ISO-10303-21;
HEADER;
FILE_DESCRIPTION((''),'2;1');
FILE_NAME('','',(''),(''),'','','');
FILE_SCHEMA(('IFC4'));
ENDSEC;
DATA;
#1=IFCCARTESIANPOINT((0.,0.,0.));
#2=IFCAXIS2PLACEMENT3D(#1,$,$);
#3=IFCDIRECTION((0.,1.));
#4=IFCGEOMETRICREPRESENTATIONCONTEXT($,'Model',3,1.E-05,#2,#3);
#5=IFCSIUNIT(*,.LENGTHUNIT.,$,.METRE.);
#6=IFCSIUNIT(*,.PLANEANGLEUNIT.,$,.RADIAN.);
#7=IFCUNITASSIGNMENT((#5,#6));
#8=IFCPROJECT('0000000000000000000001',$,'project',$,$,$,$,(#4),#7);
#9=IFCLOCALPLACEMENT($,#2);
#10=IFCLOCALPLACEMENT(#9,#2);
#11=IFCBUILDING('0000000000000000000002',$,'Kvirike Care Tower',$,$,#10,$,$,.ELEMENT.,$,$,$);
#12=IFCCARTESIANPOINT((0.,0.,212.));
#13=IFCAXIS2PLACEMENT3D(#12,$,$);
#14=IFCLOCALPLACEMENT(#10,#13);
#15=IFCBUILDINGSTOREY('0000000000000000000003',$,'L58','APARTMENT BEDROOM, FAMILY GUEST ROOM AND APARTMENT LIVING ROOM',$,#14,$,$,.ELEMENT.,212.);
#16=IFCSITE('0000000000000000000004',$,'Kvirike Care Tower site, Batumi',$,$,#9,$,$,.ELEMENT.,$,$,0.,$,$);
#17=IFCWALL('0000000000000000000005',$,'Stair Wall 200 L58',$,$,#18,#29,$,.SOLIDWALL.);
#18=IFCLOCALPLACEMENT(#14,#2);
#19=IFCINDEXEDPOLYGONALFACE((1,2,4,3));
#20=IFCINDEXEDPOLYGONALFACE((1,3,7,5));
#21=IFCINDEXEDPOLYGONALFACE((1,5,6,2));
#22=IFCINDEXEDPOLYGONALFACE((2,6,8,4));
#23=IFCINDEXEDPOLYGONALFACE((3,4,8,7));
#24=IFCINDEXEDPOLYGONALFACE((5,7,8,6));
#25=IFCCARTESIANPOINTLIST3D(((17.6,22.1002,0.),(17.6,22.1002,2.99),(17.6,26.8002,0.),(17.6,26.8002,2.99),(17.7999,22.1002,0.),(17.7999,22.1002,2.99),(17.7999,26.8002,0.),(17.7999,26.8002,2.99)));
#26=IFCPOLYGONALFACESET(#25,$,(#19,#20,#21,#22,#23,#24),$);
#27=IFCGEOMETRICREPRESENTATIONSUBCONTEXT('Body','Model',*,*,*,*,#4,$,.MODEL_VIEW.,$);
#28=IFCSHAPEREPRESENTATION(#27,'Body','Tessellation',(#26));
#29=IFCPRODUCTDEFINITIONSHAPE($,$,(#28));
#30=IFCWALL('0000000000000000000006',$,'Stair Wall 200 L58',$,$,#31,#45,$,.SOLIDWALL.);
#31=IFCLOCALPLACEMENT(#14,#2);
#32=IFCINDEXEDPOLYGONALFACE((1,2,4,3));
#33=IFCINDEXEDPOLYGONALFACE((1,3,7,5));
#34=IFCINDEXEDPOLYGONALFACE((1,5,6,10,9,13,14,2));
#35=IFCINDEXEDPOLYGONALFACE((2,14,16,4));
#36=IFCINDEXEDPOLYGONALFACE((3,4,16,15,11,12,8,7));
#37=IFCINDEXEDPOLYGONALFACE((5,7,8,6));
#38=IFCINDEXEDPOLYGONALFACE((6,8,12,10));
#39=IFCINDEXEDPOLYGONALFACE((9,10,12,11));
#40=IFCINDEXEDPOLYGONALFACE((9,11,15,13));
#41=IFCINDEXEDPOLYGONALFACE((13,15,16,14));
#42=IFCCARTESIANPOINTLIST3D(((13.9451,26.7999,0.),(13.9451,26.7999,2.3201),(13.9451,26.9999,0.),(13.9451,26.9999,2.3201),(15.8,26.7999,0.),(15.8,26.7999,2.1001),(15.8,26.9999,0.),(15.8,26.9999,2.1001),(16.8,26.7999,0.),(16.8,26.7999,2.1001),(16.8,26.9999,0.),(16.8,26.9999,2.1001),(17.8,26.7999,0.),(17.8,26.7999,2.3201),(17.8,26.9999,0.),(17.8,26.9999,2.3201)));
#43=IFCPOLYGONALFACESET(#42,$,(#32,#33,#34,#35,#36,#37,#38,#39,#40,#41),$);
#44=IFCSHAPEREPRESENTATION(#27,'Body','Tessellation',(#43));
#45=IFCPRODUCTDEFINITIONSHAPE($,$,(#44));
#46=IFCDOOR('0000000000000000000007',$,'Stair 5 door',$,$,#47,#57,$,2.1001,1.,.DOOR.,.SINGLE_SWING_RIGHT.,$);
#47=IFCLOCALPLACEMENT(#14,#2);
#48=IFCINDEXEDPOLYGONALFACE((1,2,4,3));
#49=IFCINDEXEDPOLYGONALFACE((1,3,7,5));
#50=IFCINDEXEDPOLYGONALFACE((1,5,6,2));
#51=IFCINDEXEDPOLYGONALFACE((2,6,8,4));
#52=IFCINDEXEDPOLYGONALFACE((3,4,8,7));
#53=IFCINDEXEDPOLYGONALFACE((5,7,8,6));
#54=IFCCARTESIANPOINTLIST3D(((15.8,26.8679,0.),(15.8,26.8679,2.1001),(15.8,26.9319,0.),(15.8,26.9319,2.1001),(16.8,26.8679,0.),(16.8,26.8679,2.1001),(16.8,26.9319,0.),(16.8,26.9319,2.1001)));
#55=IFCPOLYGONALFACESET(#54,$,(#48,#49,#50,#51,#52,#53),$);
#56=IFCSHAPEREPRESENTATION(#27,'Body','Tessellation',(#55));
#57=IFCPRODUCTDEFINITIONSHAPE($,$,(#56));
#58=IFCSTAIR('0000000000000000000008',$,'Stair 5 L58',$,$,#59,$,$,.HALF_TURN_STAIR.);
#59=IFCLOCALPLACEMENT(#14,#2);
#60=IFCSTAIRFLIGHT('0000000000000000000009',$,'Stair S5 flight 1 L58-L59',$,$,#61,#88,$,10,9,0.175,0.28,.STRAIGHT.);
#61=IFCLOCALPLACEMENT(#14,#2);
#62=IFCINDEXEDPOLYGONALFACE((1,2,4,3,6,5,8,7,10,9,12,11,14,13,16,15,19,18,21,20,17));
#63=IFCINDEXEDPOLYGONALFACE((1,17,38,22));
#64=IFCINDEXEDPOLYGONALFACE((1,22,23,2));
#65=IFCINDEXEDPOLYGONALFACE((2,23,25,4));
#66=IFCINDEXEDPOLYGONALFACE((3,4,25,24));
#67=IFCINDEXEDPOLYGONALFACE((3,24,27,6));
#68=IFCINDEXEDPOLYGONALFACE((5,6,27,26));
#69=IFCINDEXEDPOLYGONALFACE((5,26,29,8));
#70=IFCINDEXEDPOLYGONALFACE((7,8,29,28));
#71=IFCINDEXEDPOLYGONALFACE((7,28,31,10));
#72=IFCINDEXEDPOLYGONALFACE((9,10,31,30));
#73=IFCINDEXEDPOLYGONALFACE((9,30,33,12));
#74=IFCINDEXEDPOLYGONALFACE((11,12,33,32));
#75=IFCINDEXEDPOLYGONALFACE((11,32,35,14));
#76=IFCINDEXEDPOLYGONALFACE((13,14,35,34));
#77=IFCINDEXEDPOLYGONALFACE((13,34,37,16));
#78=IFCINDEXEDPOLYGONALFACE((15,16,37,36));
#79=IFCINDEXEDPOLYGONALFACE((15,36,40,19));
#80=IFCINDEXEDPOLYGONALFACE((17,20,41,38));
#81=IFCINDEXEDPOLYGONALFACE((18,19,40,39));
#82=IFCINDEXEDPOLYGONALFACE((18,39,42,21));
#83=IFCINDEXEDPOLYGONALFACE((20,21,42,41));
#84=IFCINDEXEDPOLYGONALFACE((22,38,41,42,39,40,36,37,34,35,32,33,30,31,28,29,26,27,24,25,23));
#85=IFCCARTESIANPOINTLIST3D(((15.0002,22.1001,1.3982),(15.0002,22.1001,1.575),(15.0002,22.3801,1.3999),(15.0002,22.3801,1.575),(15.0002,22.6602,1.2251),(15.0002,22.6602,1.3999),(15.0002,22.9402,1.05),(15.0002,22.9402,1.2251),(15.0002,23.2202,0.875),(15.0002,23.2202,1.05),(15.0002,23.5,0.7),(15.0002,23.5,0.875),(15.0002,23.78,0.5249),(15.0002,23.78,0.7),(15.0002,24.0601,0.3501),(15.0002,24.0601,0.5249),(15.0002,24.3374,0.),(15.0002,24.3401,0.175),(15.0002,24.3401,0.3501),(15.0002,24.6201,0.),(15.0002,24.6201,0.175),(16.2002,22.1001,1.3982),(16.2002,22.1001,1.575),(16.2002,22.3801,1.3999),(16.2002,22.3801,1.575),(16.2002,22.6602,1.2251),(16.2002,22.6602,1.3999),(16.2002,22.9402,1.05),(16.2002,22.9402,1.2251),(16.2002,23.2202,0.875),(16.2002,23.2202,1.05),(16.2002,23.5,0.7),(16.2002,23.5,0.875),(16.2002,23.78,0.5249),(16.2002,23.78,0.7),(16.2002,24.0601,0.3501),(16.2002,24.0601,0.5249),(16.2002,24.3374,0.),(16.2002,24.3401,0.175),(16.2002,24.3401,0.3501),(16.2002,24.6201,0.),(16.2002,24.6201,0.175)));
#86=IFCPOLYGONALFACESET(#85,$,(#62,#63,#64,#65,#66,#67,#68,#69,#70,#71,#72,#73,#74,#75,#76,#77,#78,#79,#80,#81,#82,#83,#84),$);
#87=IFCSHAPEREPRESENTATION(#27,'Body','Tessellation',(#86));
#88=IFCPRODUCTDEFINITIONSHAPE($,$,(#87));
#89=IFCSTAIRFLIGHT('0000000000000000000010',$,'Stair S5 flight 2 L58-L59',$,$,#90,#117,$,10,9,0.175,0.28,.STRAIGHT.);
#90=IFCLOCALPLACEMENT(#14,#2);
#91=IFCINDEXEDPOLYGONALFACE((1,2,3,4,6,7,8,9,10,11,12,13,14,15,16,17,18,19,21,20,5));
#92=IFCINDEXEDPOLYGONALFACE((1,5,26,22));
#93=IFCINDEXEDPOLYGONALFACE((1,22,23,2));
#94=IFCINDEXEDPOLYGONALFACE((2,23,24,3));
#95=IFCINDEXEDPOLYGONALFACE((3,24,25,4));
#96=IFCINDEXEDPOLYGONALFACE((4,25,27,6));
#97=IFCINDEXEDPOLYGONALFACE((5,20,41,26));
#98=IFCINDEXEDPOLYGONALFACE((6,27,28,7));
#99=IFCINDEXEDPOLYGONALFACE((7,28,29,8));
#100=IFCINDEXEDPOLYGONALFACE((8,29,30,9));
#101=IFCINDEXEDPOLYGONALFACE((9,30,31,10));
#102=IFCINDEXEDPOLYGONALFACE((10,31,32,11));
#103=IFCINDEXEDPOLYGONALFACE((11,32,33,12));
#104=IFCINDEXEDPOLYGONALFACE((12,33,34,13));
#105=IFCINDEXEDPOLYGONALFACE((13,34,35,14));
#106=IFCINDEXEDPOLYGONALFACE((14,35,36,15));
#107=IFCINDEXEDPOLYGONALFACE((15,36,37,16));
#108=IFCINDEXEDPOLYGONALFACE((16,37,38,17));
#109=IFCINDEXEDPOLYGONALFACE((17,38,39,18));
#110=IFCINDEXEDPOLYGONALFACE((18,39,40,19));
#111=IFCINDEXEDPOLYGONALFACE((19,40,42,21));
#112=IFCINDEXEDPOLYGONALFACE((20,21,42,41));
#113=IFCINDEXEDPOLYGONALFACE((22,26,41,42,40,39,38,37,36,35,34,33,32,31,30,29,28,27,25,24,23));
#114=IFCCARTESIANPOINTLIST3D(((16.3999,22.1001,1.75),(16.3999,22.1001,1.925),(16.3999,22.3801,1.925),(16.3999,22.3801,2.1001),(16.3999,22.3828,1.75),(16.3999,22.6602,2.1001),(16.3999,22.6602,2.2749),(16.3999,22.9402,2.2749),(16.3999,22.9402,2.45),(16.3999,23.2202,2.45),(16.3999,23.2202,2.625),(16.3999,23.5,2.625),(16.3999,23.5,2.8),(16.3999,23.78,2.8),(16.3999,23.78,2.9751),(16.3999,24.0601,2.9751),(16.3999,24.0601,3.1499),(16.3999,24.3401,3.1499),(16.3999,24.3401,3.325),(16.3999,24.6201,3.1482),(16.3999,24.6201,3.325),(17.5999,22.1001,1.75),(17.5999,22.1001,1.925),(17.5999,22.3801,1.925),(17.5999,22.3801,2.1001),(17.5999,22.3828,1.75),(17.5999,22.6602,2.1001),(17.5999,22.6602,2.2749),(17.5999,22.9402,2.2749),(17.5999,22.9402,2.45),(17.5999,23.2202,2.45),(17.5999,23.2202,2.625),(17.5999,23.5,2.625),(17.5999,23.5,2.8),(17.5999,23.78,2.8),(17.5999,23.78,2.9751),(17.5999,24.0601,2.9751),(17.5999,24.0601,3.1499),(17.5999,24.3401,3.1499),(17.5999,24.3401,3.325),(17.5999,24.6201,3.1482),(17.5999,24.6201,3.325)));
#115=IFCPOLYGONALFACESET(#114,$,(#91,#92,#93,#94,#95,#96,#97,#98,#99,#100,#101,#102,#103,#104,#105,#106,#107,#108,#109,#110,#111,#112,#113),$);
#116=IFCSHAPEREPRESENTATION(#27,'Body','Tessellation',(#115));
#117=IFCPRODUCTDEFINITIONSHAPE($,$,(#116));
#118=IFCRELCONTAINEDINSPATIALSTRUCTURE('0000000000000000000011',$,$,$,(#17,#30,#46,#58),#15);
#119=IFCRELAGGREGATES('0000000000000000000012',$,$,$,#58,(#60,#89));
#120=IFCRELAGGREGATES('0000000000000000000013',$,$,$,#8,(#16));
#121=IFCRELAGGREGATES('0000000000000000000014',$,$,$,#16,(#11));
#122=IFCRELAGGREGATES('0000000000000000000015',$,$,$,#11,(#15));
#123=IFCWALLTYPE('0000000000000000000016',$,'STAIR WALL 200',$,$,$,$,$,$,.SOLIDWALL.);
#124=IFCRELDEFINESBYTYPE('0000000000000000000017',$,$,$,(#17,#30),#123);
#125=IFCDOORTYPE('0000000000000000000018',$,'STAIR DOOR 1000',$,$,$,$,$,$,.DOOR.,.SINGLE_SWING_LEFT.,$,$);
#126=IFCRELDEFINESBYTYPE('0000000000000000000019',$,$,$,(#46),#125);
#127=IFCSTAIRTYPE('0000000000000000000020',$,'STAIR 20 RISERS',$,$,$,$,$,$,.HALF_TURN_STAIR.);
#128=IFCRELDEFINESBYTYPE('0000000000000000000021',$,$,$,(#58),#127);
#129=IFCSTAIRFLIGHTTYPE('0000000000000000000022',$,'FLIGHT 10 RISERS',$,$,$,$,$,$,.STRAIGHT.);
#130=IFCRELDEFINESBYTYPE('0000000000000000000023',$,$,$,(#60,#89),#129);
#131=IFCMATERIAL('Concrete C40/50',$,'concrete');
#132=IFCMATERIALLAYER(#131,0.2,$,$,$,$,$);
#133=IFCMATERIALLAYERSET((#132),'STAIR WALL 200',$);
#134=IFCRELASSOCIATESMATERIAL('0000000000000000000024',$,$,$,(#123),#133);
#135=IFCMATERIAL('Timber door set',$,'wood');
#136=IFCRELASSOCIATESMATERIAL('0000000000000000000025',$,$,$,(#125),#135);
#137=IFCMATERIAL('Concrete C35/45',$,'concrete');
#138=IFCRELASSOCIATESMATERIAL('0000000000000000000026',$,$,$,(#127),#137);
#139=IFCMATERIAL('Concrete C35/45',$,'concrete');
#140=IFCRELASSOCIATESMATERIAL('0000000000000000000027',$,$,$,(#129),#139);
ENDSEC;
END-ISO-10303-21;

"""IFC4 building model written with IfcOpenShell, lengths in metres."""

from ifc_helpers import new_model, si_unit, direction, frame, frame_2d, origin, place, context, subcontext, project, spatial, polyline, rectangle, outline, extrude, material, layer, layer_set, type_object, element, fill, aggregate, save


model = new_model("IFC4")

# Units and contexts
model_context = context("Model", 3, precision=1e-05, world=origin(), true_north=direction((0.0, 1.0)))
body_context = subcontext(model_context, "Body", "Model", "MODEL_VIEW")
ifc_project = project(units=[si_unit("LENGTHUNIT", "METRE"), si_unit("PLANEANGLEUNIT", "RADIAN")], contexts=[model_context])

# Site, building, storey
site_placement = place(None, origin())
site = spatial("IfcSite", under=ifc_project, at=site_placement, Name="Kvirike Care Tower site, Batumi", CompositionType="ELEMENT", RefElevation=0.0)
building_placement = place(site_placement, origin())
building = spatial("IfcBuilding", under=site, at=building_placement, Name="Kvirike Care Tower", CompositionType="ELEMENT")
storey_placement = place(building_placement, frame((0.0, 0.0, 212.0)))
storey = spatial("IfcBuildingStorey", under=building, at=storey_placement, Name="L58", Description="APARTMENT BEDROOM, FAMILY GUEST ROOM AND APARTMENT LIVING ROOM", CompositionType="ELEMENT", Elevation=212.0)

# Wall
ifc_material_1 = material(Name="Concrete C40/50", Category="concrete")
ifc_layer_1 = layer(ifc_material_1, 0.2)
ifc_layer_set_1 = layer_set([ifc_layer_1], Name="STAIR WALL 200")
wall_type_1 = type_object("IfcWallType", Name="STAIR WALL 200", PredefinedType="SOLIDWALL", material=ifc_layer_set_1)
wall_1_placement = place(storey_placement, frame((17.7, 22.1001, 0.0), z_axis=(0.0, 0.0, 1.0), x_axis=(0.0, 1.0, 0.0)))
element("IfcWall", 1, at=wall_1_placement, inside=storey, type_object=wall_type_1, Name="Stair Wall 200 L58", PredefinedType="SOLIDWALL", context=body_context, shape_type="SweptSolid", body=[
    extrude(rectangle(XDim=4.7, YDim=0.2, at=frame_2d((2.3501, 0.0))), origin(), (0.0, 0.0, 1.0), 2.99),
])

# Wall, opening, door
wall_2_placement = place(storey_placement, frame((13.9451, 26.8999, 0.0), z_axis=(0.0, 0.0, 1.0), x_axis=(1.0, 0.0, 0.0)))
wall_2 = element("IfcWall", 2, at=wall_2_placement, inside=storey, type_object=wall_type_1, Name="Stair Wall 200 L58", PredefinedType="SOLIDWALL", context=body_context, shape_type="SweptSolid", body=[
    extrude(rectangle(XDim=3.855, YDim=0.2, at=frame_2d((1.9275, 0.0))), origin(), (0.0, 0.0, 1.0), 2.3201),
])
opening_1_placement = place(wall_2_placement, frame((1.855, 0.0, 0.0)))
opening_1 = element("IfcOpeningElement", 3, at=opening_1_placement, cuts=wall_2, PredefinedType="OPENING", context=body_context, shape_type="SweptSolid", body=[
    extrude(rectangle(XDim=1.0, YDim=2.1001, at=frame_2d((0.5, 1.05))), frame((0.0, 0.1106, 0.0), z_axis=(0.0, -1.0, 0.0), x_axis=(1.0, 0.0, 0.0)), (0.0, 0.0, 1.0), 0.2209),
])
ifc_material_2 = material(Name="Timber door set", Category="wood")
door_type_1 = type_object("IfcDoorType", Name="STAIR DOOR 1000", OperationType="SINGLE_SWING_LEFT", PredefinedType="DOOR", material=ifc_material_2)
door_1_placement = place(opening_1_placement, frame((1.0, 0.0, 0.0), z_axis=(0.0, 0.0, 1.0), x_axis=(-1.0, 0.0, 0.0)))
door_1 = element("IfcDoor", 4, at=door_1_placement, inside=storey, type_object=door_type_1, Name="Stair 5 door", OperationType="SINGLE_SWING_RIGHT", OverallHeight=2.1001, OverallWidth=1.0, PredefinedType="DOOR", context=body_context, shape_type="SweptSolid", body=[
    extrude(rectangle(XDim=1.0, YDim=2.1001, at=frame_2d((0.5, 1.05))), frame((0.0, 0.032, 0.0), z_axis=(0.0, -1.0, 0.0), x_axis=(1.0, 0.0, 0.0)), (0.0, 0.0, 1.0), 0.064),
])
fill(opening_1, door_1)

# Stair, stair flights
ifc_material_3 = material(Name="Concrete C35/45", Category="concrete")
stair_type = type_object("IfcStairType", Name="STAIR 20 RISERS", PredefinedType="HALF_TURN_STAIR", material=ifc_material_3)
stair_placement = place(storey_placement, origin())
stair = element("IfcStair", 5, at=stair_placement, inside=storey, type_object=stair_type, Name="Stair 5 L58", PredefinedType="HALF_TURN_STAIR")
ifc_material_4 = material(Name="Concrete C35/45", Category="concrete")
stair_flight_type = type_object("IfcStairFlightType", Name="FLIGHT 10 RISERS", PredefinedType="STRAIGHT", material=ifc_material_4)
stair_flight_1_placement = place(storey_placement, frame((15.6001, 24.6201, 0.0), z_axis=(0.0, 0.0, 1.0), x_axis=(0.0, -1.0, 0.0)))
stair_flight_1 = element("IfcStairFlight", 6, at=stair_flight_1_placement, type_object=stair_flight_type, Name="Stair S5 flight 1 L58-L59", NumberOfRisers=10, NumberOfTreads=9, PredefinedType="STRAIGHT", RiserHeight=0.175, TreadLength=0.28, context=body_context, shape_type="SweptSolid", body=[
    extrude(outline(polyline([(0.0, 0.0), (0.0, 0.175), (0.28, 0.175), (0.28, 0.3501), (0.5601, 0.3501), (0.5601, 0.5249), (0.8401, 0.5249), (0.8401, 0.7), (1.1201, 0.7), (1.1201, 0.875), (1.3999, 0.875), (1.3999, 1.05), (1.6799, 1.05), (1.6799, 1.2251), (1.96, 1.2251), (1.96, 1.3999), (2.24, 1.3999), (2.24, 1.575), (2.52, 1.575), (2.52, 1.75), (2.52, 1.3982), (0.2827, 0.0), (0.0, 0.0)])), frame((0.0, 0.6001, 0.0), z_axis=(0.0, -1.0, 0.0), x_axis=(1.0, 0.0, 0.0)), (0.0, 0.0, 1.0), 1.2),
])
stair_flight_2_placement = place(storey_placement, frame((17.0, 22.1001, 1.75), z_axis=(0.0, 0.0, 1.0), x_axis=(0.0, 1.0, 0.0)))
stair_flight_2 = element("IfcStairFlight", 7, at=stair_flight_2_placement, type_object=stair_flight_type, Name="Stair S5 flight 2 L58-L59", NumberOfRisers=10, NumberOfTreads=9, PredefinedType="STRAIGHT", RiserHeight=0.175, TreadLength=0.28, context=body_context, shape_type="SweptSolid", body=[
    extrude(outline(polyline([(0.0, 0.0), (0.0, 0.175), (0.28, 0.175), (0.28, 0.3501), (0.5601, 0.3501), (0.5601, 0.5249), (0.8401, 0.5249), (0.8401, 0.7), (1.1201, 0.7), (1.1201, 0.875), (1.3999, 0.875), (1.3999, 1.05), (1.6799, 1.05), (1.6799, 1.2251), (1.96, 1.2251), (1.96, 1.3999), (2.24, 1.3999), (2.24, 1.575), (2.52, 1.575), (2.52, 1.75), (2.52, 1.3982), (0.2827, 0.0), (0.0, 0.0)])), frame((0.0, 0.6001, 0.0), z_axis=(0.0, -1.0, 0.0), x_axis=(1.0, 0.0, 0.0)), (0.0, 0.0, 1.0), 1.2),
])
aggregate(stair, [stair_flight_1, stair_flight_2])

save(model, "model.ifc")
